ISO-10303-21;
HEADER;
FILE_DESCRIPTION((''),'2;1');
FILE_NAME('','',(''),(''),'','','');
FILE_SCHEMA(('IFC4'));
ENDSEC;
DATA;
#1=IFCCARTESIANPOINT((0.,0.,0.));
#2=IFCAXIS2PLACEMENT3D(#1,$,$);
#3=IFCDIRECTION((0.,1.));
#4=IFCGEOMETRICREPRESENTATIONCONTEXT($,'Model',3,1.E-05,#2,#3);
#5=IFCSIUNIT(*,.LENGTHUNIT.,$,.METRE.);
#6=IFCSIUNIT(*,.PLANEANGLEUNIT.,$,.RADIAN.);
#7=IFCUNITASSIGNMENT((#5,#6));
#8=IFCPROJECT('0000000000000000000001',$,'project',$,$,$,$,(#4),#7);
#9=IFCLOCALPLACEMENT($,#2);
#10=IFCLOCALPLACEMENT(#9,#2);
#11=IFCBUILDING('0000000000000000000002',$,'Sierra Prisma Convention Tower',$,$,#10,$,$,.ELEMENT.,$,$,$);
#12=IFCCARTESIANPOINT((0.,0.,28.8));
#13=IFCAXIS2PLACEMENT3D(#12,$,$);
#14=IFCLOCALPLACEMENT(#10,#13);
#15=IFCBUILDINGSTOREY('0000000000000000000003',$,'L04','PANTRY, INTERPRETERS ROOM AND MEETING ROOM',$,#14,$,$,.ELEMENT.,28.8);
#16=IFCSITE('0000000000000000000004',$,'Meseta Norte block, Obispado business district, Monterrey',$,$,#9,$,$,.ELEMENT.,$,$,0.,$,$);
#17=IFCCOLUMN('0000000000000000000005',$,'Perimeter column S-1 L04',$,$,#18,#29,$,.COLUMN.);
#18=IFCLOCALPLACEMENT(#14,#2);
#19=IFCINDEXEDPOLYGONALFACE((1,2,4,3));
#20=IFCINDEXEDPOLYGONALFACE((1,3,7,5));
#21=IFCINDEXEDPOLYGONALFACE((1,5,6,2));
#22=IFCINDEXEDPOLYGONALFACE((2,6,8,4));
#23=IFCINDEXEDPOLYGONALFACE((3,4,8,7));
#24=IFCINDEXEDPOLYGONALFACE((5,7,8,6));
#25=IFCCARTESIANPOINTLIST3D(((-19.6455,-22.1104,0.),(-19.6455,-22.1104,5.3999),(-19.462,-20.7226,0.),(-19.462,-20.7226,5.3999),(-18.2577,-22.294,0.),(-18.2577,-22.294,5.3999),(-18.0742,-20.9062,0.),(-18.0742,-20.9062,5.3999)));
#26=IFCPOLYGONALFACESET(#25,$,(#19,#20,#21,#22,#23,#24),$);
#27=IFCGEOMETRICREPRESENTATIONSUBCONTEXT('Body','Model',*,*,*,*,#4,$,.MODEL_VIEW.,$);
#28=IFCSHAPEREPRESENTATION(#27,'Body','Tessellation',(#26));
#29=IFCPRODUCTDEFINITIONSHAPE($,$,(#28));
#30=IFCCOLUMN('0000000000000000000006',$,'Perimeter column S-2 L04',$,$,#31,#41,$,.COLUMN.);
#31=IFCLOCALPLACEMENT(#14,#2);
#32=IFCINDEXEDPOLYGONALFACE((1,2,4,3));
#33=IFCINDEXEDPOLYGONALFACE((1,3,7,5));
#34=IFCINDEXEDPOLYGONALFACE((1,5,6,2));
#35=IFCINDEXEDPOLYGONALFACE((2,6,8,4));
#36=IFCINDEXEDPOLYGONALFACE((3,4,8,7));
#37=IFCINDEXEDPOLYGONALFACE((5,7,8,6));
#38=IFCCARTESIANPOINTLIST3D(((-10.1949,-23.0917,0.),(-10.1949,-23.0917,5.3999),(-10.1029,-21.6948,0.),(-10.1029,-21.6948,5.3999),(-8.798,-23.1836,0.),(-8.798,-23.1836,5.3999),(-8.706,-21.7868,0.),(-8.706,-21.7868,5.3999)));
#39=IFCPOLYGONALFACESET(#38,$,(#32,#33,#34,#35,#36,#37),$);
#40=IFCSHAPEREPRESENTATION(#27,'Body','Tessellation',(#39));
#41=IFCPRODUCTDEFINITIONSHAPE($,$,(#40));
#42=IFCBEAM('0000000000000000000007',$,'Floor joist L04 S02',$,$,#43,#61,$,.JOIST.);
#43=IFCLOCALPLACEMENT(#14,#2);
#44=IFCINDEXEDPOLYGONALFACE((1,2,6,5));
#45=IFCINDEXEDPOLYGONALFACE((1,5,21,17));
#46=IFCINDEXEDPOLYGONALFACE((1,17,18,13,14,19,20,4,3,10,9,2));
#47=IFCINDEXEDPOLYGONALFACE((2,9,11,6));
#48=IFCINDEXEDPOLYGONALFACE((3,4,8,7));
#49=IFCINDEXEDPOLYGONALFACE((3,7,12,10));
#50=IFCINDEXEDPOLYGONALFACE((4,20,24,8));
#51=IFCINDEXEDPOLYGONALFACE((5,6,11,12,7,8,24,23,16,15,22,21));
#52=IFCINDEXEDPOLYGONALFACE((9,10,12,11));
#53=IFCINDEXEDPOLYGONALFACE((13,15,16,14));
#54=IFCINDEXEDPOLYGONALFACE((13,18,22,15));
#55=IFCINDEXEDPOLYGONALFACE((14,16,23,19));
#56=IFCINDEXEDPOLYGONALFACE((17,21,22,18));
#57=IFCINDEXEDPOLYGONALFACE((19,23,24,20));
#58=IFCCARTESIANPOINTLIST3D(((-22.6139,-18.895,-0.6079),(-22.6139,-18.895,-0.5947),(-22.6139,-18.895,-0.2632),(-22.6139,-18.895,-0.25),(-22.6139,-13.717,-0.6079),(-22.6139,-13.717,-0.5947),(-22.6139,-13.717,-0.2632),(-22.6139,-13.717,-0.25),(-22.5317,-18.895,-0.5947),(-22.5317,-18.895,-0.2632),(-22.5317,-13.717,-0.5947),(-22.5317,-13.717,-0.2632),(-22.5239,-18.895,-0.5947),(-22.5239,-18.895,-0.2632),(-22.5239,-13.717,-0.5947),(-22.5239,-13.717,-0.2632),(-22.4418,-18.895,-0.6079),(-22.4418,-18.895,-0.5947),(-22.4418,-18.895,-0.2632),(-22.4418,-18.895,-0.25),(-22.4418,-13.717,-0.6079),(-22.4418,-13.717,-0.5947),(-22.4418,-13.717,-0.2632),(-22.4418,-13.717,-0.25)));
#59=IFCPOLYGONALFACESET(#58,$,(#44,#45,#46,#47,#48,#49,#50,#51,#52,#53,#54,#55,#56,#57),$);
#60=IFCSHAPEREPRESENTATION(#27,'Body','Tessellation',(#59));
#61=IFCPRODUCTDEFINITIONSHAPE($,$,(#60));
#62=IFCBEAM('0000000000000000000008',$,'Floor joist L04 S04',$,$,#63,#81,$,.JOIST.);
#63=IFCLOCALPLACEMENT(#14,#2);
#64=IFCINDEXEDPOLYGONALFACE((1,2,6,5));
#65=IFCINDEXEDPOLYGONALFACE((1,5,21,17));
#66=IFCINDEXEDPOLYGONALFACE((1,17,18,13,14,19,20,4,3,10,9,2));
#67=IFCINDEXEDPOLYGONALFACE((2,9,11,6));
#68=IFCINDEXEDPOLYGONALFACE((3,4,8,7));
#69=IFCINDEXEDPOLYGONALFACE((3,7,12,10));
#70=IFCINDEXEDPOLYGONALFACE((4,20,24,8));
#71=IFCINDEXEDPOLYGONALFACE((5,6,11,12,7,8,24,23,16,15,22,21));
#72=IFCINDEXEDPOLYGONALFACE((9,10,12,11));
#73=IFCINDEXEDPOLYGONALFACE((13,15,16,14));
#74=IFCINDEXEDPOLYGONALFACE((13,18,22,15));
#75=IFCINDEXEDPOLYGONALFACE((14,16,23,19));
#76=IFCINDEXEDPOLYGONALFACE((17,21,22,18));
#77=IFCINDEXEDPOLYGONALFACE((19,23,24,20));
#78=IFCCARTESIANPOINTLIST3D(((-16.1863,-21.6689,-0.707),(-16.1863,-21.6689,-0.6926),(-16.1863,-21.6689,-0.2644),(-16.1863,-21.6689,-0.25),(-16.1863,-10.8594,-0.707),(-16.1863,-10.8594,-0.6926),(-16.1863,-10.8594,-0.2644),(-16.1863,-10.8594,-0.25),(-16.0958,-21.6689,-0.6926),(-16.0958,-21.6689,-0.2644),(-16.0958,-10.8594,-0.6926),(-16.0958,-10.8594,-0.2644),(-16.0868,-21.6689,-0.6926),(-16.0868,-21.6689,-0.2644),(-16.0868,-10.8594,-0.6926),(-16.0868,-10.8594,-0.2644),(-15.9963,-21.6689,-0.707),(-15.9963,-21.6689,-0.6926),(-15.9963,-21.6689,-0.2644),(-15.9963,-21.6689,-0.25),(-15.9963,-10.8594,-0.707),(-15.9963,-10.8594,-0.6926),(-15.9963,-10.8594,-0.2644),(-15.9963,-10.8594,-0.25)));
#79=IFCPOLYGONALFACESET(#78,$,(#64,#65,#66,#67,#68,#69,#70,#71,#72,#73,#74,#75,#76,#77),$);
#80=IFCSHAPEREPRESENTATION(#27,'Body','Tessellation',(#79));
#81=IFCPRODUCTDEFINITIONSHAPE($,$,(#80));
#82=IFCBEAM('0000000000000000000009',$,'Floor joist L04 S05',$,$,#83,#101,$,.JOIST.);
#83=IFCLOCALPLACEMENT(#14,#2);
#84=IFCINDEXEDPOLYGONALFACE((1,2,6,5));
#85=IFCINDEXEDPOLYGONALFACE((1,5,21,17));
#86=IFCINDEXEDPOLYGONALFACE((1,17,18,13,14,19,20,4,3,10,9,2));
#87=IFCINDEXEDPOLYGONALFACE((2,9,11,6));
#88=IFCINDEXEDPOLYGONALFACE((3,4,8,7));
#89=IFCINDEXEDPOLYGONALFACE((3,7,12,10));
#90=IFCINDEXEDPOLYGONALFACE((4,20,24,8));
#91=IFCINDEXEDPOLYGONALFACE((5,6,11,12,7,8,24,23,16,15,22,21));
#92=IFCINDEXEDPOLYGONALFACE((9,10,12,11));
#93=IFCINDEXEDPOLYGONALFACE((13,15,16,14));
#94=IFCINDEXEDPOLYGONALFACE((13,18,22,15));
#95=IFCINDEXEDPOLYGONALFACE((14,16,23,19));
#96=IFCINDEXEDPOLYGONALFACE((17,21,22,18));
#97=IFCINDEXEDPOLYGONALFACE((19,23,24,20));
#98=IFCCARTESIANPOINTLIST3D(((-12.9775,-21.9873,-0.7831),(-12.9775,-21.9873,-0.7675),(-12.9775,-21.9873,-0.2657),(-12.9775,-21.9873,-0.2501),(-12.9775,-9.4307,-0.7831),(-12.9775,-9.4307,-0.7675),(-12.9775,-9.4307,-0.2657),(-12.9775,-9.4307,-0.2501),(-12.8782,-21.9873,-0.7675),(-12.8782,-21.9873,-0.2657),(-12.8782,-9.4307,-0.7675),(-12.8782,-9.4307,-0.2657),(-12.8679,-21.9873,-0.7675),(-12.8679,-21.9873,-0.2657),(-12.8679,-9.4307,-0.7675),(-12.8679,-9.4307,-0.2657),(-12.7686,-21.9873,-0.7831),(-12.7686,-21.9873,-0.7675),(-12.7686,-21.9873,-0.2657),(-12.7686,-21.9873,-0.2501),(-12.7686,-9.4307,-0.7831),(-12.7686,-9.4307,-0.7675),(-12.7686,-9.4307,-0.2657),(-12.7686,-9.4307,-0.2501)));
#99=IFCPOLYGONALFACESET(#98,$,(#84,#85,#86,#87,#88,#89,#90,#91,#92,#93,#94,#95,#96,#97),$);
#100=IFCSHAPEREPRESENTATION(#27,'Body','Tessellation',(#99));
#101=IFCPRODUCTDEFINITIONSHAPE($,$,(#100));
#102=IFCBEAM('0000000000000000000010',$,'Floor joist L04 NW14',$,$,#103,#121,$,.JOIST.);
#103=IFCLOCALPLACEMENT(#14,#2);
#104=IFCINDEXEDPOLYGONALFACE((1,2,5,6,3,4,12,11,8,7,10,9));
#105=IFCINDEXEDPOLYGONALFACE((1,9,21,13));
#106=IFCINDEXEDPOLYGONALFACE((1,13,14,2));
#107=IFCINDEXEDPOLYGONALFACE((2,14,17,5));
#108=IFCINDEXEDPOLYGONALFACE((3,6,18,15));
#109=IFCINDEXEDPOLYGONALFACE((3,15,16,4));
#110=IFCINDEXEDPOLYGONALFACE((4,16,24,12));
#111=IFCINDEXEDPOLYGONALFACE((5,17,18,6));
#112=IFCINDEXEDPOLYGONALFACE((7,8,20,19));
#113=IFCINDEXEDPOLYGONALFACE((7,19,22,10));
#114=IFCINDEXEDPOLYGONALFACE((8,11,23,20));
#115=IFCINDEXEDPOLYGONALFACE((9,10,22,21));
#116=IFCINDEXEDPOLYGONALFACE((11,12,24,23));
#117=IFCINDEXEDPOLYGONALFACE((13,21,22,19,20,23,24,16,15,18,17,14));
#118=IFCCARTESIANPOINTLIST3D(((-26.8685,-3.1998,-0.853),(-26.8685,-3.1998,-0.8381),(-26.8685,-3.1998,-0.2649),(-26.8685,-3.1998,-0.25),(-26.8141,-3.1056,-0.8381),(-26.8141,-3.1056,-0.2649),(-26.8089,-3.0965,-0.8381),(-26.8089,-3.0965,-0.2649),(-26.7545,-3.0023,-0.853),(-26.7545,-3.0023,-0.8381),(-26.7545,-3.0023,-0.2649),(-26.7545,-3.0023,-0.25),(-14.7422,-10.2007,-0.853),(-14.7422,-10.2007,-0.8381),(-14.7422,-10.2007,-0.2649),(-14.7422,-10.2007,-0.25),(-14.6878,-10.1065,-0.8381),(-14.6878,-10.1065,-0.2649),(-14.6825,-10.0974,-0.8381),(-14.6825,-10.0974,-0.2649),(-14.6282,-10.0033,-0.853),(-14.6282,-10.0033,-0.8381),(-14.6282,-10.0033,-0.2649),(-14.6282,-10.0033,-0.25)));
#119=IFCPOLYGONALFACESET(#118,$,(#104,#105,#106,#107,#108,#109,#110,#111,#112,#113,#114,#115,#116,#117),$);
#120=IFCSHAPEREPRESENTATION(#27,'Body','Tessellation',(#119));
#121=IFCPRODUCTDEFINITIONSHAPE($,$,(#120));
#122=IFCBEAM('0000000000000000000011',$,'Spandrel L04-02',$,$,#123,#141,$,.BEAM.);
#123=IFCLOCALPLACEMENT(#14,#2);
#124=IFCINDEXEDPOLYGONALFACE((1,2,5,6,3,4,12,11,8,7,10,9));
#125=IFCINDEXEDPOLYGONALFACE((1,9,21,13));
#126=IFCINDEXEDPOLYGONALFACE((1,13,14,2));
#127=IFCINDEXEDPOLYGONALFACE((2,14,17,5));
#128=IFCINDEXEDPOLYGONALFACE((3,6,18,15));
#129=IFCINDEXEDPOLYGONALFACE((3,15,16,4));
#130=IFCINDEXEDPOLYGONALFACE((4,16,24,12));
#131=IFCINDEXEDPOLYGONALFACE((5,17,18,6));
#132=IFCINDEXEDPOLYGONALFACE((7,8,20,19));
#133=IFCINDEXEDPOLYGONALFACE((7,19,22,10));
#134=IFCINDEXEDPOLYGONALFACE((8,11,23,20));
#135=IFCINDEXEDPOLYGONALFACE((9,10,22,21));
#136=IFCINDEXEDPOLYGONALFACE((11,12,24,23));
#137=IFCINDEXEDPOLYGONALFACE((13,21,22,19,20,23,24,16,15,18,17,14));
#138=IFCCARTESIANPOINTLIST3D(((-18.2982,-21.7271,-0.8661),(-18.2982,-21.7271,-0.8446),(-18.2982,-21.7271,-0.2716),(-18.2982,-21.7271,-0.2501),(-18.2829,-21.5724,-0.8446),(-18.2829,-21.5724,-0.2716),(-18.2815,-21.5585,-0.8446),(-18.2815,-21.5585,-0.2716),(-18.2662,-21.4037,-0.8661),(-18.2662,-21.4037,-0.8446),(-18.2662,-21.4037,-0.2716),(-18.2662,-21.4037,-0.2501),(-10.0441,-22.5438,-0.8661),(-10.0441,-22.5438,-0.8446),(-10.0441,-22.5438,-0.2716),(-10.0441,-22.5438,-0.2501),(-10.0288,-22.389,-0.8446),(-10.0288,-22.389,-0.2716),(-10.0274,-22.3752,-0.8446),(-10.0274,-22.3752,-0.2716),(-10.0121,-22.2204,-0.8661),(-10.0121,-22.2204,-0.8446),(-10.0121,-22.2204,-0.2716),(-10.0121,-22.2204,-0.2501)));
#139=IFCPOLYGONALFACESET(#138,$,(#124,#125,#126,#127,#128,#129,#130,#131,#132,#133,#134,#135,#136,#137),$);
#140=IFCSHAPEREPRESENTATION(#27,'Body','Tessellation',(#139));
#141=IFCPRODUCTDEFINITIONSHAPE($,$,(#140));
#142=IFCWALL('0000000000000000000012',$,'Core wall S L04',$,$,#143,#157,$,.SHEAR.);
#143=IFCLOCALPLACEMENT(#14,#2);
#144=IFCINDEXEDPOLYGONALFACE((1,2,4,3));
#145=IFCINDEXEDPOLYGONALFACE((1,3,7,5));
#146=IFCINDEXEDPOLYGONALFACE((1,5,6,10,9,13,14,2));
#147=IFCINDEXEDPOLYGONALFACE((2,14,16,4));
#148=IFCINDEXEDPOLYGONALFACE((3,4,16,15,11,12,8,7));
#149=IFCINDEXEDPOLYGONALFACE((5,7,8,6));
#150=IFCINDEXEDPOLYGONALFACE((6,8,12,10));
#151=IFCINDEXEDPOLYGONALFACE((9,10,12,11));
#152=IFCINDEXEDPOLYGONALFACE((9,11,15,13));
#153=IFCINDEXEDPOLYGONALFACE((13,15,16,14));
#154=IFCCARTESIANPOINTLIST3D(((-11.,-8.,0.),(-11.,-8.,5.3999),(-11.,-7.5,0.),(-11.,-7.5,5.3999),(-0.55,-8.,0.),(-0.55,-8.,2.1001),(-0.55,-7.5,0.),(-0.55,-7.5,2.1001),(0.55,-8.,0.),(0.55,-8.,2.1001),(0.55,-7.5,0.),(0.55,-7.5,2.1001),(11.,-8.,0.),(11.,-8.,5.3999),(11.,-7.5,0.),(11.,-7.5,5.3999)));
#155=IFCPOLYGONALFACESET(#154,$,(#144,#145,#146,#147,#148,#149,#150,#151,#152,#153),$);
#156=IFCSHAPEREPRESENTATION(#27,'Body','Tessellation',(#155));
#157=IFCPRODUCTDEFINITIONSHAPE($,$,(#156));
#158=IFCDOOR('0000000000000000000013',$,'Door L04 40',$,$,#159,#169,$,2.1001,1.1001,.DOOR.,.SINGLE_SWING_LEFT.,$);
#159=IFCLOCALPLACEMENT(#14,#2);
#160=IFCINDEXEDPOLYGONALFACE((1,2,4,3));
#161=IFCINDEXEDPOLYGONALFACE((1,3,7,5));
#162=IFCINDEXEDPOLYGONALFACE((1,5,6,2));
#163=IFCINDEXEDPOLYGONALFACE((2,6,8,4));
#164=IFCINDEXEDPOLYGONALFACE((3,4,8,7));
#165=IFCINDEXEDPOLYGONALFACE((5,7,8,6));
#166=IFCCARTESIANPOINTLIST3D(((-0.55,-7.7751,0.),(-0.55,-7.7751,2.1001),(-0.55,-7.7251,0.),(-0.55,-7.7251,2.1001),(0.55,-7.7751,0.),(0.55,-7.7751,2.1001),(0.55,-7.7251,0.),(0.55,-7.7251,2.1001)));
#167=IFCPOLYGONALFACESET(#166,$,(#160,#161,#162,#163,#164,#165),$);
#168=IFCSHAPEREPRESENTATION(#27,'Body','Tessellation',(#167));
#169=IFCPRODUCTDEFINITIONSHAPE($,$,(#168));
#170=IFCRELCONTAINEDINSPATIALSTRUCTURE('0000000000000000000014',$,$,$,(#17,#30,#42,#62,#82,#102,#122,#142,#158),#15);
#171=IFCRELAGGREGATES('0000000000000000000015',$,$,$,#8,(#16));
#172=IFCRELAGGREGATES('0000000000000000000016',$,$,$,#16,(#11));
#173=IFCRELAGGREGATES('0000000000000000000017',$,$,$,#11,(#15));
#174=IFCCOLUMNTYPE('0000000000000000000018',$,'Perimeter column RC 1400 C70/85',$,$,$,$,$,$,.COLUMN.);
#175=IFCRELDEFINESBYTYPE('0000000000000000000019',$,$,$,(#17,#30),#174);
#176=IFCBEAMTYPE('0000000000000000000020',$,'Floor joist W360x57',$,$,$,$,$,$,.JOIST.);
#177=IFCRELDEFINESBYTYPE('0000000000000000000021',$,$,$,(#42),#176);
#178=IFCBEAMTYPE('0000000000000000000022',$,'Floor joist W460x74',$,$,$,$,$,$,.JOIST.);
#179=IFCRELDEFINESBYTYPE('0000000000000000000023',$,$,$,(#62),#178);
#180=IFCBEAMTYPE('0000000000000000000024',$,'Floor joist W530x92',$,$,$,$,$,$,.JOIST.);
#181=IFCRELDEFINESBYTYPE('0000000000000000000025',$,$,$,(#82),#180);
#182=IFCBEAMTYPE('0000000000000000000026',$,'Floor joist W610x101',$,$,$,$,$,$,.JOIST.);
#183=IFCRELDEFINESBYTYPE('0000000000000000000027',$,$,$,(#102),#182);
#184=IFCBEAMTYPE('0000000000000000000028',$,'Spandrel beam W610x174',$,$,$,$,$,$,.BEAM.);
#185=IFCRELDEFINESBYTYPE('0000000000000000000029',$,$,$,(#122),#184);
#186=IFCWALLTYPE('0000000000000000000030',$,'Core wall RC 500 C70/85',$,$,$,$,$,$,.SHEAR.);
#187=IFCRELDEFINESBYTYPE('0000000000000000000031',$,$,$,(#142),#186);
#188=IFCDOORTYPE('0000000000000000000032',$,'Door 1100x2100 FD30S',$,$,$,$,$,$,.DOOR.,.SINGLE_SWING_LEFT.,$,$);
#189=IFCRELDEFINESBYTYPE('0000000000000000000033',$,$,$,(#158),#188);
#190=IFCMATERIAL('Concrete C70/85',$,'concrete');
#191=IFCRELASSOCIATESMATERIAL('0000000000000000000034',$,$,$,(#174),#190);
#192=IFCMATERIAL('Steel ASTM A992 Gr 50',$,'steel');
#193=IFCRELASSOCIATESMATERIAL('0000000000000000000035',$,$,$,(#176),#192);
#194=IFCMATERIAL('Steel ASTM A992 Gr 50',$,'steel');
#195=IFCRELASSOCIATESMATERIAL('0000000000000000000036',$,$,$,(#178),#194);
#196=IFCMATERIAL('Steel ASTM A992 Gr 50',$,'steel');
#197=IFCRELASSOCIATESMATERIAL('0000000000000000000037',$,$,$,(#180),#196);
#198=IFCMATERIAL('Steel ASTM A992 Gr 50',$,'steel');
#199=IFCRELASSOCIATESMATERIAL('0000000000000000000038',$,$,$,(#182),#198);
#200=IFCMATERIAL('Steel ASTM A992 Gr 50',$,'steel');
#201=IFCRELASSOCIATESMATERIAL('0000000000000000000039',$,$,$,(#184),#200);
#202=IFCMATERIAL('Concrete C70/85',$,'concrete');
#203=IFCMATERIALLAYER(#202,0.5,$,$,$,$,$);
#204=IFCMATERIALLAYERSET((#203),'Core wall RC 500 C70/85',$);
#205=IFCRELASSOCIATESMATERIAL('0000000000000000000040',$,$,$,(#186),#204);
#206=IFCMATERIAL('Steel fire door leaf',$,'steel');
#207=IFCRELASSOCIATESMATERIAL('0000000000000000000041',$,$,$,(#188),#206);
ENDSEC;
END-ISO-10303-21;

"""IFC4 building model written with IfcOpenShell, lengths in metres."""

from ifc_helpers import new_model, si_unit, direction, frame, frame_2d, origin, origin_2d, place, context, subcontext, project, spatial, rectangle, i_section, extrude, material, layer, layer_set, material_profile, profile_set, type_object, element, fill, save


model = new_model("IFC4")

# Units and contexts
model_context = context("Model", 3, precision=1e-05, world=origin(), true_north=direction((0.0, 1.0)))
body_context = subcontext(model_context, "Body", "Model", "MODEL_VIEW")
ifc_project = project(units=[si_unit("LENGTHUNIT", "METRE"), si_unit("PLANEANGLEUNIT", "RADIAN")], contexts=[model_context])

# Site, building, storey
site_placement = place(None, origin())
site = spatial("IfcSite", under=ifc_project, at=site_placement, Name="Meseta Norte block, Obispado business district, Monterrey", CompositionType="ELEMENT", RefElevation=0.0)
building_placement = place(site_placement, origin())
building = spatial("IfcBuilding", under=site, at=building_placement, Name="Sierra Prisma Convention Tower", CompositionType="ELEMENT")
storey_placement = place(building_placement, frame((0.0, 0.0, 28.8)))
storey = spatial("IfcBuildingStorey", under=building, at=storey_placement, Name="L04", Description="PANTRY, INTERPRETERS ROOM AND MEETING ROOM", CompositionType="ELEMENT", Elevation=28.8)

# Columns
ifc_material_1 = material(Name="Concrete C70/85", Category="concrete")
ifc_material_profile_1 = material_profile(ifc_material_1, rectangle(XDim=1.3999, YDim=1.3999, at=origin_2d()), Name="Perimeter column RC 1400 C70/85")
ifc_profile_set_1 = profile_set([ifc_material_profile_1], Name="Concrete C70/85")
column_type = type_object("IfcColumnType", Name="Perimeter column RC 1400 C70/85", PredefinedType="COLUMN", material=ifc_profile_set_1)
for number, where, z_axis, x_axis, name in (
    (1, (-18.8599, -21.5083, 0.0), (0.0, 0.0, 1.0), (-0.991367, 0.131115, 0.0), "Perimeter column S-1 L04"),
    (2, (-9.4504, -22.4392, 0.0), (0.0, 0.0, 1.0), (-0.997839, 0.065699, 0.0), "Perimeter column S-2 L04"),
):
    element("IfcColumn", number, at=place(storey_placement, frame(where, z_axis=z_axis, x_axis=x_axis)), inside=storey, type_object=column_type, Name=name, PredefinedType="COLUMN", context=body_context, shape_type="SweptSolid", body=[
        extrude(rectangle(XDim=1.3999, YDim=1.3999, at=origin_2d()), origin(), (0.0, 0.0, 1.0), 5.3999),
    ])

# Beams
ifc_material_2 = material(Name="Steel ASTM A992 Gr 50", Category="steel")
ifc_material_profile_2 = material_profile(ifc_material_2, i_section(OverallWidth=0.1721, OverallDepth=0.3579, WebThickness=0.0078, FlangeThickness=0.0132, at=origin_2d()), Name="W360x57")
ifc_profile_set_2 = profile_set([ifc_material_profile_2], Name="Steel ASTM A992 Gr 50")
beam_type_1 = type_object("IfcBeamType", Name="Floor joist W360x57", PredefinedType="JOIST", material=ifc_profile_set_2)
beam_1_placement = place(storey_placement, frame((-22.5278, -18.895, -0.429), z_axis=(0.0, 1.0, 0.0), x_axis=(-1.0, 0.0, 0.0)))
element("IfcBeam", 3, at=beam_1_placement, inside=storey, type_object=beam_type_1, Name="Floor joist L04 S02", PredefinedType="JOIST", context=body_context, shape_type="SweptSolid", body=[
    extrude(i_section(OverallWidth=0.1721, OverallDepth=0.3579, WebThickness=0.0078, FlangeThickness=0.0132, at=origin_2d()), origin(), (0.0, 0.0, 1.0), 5.178),
])
ifc_material_3 = material(Name="Steel ASTM A992 Gr 50", Category="steel")
ifc_material_profile_3 = material_profile(ifc_material_3, i_section(OverallWidth=0.1899, OverallDepth=0.457, WebThickness=0.009, FlangeThickness=0.0144, at=origin_2d()), Name="W460x74")
ifc_profile_set_3 = profile_set([ifc_material_profile_3], Name="Steel ASTM A992 Gr 50")
beam_type_2 = type_object("IfcBeamType", Name="Floor joist W460x74", PredefinedType="JOIST", material=ifc_profile_set_3)
beam_2_placement = place(storey_placement, frame((-16.0913, -21.6689, -0.4785), z_axis=(0.0, 1.0, 0.0), x_axis=(-1.0, 0.0, 0.0)))
element("IfcBeam", 4, at=beam_2_placement, inside=storey, type_object=beam_type_2, Name="Floor joist L04 S04", PredefinedType="JOIST", context=body_context, shape_type="SweptSolid", body=[
    extrude(i_section(OverallWidth=0.1899, OverallDepth=0.457, WebThickness=0.009, FlangeThickness=0.0144, at=origin_2d()), origin(), (0.0, 0.0, 1.0), 10.8096),
])
ifc_material_4 = material(Name="Steel ASTM A992 Gr 50", Category="steel")
ifc_material_profile_4 = material_profile(ifc_material_4, i_section(OverallWidth=0.209, OverallDepth=0.533, WebThickness=0.0103, FlangeThickness=0.0156, at=origin_2d()), Name="W530x92")
ifc_profile_set_4 = profile_set([ifc_material_profile_4], Name="Steel ASTM A992 Gr 50")
beam_type_3 = type_object("IfcBeamType", Name="Floor joist W530x92", PredefinedType="JOIST", material=ifc_profile_set_4)
beam_3_placement = place(storey_placement, frame((-12.873, -21.9873, -0.5166), z_axis=(0.0, 1.0, 0.0), x_axis=(-1.0, 0.0, 0.0)))
element("IfcBeam", 5, at=beam_3_placement, inside=storey, type_object=beam_type_3, Name="Floor joist L04 S05", PredefinedType="JOIST", context=body_context, shape_type="SweptSolid", body=[
    extrude(i_section(OverallWidth=0.209, OverallDepth=0.533, WebThickness=0.0103, FlangeThickness=0.0156, at=origin_2d()), origin(), (0.0, 0.0, 1.0), 12.5566),
])
ifc_material_5 = material(Name="Steel ASTM A992 Gr 50", Category="steel")
ifc_material_profile_5 = material_profile(ifc_material_5, i_section(OverallWidth=0.228, OverallDepth=0.603, WebThickness=0.0105, FlangeThickness=0.0149, at=origin_2d()), Name="W610x101")
ifc_profile_set_5 = profile_set([ifc_material_profile_5], Name="Steel ASTM A992 Gr 50")
beam_type_4 = type_object("IfcBeamType", Name="Floor joist W610x101", PredefinedType="JOIST", material=ifc_profile_set_5)
beam_4_placement = place(storey_placement, frame((-26.8115, -3.1011, -0.5515), z_axis=(0.866033, -0.499987, 0.0), x_axis=(0.499987, 0.866033, 0.0)))
element("IfcBeam", 6, at=beam_4_placement, inside=storey, type_object=beam_type_4, Name="Floor joist L04 NW14", PredefinedType="JOIST", context=body_context, shape_type="SweptSolid", body=[
    extrude(i_section(OverallWidth=0.228, OverallDepth=0.603, WebThickness=0.0105, FlangeThickness=0.0149, at=origin_2d()), origin(), (0.0, 0.0, 1.0), 14.0022),
])
ifc_material_6 = material(Name="Steel ASTM A992 Gr 50", Category="steel")
ifc_material_profile_6 = material_profile(ifc_material_6, i_section(OverallWidth=0.325, OverallDepth=0.616, WebThickness=0.0139, FlangeThickness=0.0215, at=origin_2d()), Name="W610x174")
ifc_profile_set_6 = profile_set([ifc_material_profile_6], Name="Steel ASTM A992 Gr 50")
beam_type_5 = type_object("IfcBeamType", Name="Spandrel beam W610x174", PredefinedType="BEAM", material=ifc_profile_set_6)
beam_5_placement = place(storey_placement, frame((-18.2822, -21.5654, -0.5581), z_axis=(0.995141, -0.098457, 0.0), x_axis=(0.098457, 0.995141, 0.0)))
element("IfcBeam", 7, at=beam_5_placement, inside=storey, type_object=beam_type_5, Name="Spandrel L04-02", PredefinedType="BEAM", context=body_context, shape_type="SweptSolid", body=[
    extrude(i_section(OverallWidth=0.325, OverallDepth=0.616, WebThickness=0.0139, FlangeThickness=0.0215, at=origin_2d()), origin(), (0.0, 0.0, 1.0), 8.2944),
])

# Wall, opening, door
ifc_material_7 = material(Name="Concrete C70/85", Category="concrete")
ifc_layer_1 = layer(ifc_material_7, 0.5)
ifc_layer_set_1 = layer_set([ifc_layer_1], Name="Core wall RC 500 C70/85")
wall_type_1 = type_object("IfcWallType", Name="Core wall RC 500 C70/85", PredefinedType="SHEAR", material=ifc_layer_set_1)
wall_1_placement = place(storey_placement, frame((-11.0, -7.75, 0.0), z_axis=(0.0, 0.0, 1.0), x_axis=(1.0, 0.0, 0.0)))
wall_1 = element("IfcWall", 8, at=wall_1_placement, inside=storey, type_object=wall_type_1, Name="Core wall S L04", PredefinedType="SHEAR", context=body_context, shape_type="SweptSolid", body=[
    extrude(rectangle(XDim=22.0, YDim=0.5, at=frame_2d((11.0, 0.0))), origin(), (0.0, 0.0, 1.0), 5.3999),
])
opening_1_placement = place(wall_1_placement, frame((10.45, 0.0, 0.0)))
opening_1 = element("IfcOpeningElement", 9, at=opening_1_placement, cuts=wall_1, PredefinedType="OPENING", context=body_context, shape_type="SweptSolid", body=[
    extrude(rectangle(XDim=1.1001, YDim=2.1001, at=frame_2d((0.55, 1.05))), frame((0.0, 0.25, 0.0), z_axis=(0.0, -1.0, 0.0), x_axis=(1.0, 0.0, 0.0)), (0.0, 0.0, 1.0), 0.5),
])
ifc_material_8 = material(Name="Steel fire door leaf", Category="steel")
door_type_1 = type_object("IfcDoorType", Name="Door 1100x2100 FD30S", OperationType="SINGLE_SWING_LEFT", PredefinedType="DOOR", material=ifc_material_8)
door_1_placement = place(opening_1_placement, origin())
door_1 = element("IfcDoor", 10, at=door_1_placement, inside=storey, type_object=door_type_1, Name="Door L04 40", OperationType="SINGLE_SWING_LEFT", OverallHeight=2.1001, OverallWidth=1.1001, PredefinedType="DOOR", context=body_context, shape_type="SweptSolid", body=[
    extrude(rectangle(XDim=1.1001, YDim=2.1001, at=frame_2d((0.55, 1.05))), frame((0.0, 0.0249, 0.0), z_axis=(0.0, -1.0, 0.0), x_axis=(1.0, 0.0, 0.0)), (0.0, 0.0, 1.0), 0.05),
])
fill(opening_1, door_1)

save(model, "model.ifc")
